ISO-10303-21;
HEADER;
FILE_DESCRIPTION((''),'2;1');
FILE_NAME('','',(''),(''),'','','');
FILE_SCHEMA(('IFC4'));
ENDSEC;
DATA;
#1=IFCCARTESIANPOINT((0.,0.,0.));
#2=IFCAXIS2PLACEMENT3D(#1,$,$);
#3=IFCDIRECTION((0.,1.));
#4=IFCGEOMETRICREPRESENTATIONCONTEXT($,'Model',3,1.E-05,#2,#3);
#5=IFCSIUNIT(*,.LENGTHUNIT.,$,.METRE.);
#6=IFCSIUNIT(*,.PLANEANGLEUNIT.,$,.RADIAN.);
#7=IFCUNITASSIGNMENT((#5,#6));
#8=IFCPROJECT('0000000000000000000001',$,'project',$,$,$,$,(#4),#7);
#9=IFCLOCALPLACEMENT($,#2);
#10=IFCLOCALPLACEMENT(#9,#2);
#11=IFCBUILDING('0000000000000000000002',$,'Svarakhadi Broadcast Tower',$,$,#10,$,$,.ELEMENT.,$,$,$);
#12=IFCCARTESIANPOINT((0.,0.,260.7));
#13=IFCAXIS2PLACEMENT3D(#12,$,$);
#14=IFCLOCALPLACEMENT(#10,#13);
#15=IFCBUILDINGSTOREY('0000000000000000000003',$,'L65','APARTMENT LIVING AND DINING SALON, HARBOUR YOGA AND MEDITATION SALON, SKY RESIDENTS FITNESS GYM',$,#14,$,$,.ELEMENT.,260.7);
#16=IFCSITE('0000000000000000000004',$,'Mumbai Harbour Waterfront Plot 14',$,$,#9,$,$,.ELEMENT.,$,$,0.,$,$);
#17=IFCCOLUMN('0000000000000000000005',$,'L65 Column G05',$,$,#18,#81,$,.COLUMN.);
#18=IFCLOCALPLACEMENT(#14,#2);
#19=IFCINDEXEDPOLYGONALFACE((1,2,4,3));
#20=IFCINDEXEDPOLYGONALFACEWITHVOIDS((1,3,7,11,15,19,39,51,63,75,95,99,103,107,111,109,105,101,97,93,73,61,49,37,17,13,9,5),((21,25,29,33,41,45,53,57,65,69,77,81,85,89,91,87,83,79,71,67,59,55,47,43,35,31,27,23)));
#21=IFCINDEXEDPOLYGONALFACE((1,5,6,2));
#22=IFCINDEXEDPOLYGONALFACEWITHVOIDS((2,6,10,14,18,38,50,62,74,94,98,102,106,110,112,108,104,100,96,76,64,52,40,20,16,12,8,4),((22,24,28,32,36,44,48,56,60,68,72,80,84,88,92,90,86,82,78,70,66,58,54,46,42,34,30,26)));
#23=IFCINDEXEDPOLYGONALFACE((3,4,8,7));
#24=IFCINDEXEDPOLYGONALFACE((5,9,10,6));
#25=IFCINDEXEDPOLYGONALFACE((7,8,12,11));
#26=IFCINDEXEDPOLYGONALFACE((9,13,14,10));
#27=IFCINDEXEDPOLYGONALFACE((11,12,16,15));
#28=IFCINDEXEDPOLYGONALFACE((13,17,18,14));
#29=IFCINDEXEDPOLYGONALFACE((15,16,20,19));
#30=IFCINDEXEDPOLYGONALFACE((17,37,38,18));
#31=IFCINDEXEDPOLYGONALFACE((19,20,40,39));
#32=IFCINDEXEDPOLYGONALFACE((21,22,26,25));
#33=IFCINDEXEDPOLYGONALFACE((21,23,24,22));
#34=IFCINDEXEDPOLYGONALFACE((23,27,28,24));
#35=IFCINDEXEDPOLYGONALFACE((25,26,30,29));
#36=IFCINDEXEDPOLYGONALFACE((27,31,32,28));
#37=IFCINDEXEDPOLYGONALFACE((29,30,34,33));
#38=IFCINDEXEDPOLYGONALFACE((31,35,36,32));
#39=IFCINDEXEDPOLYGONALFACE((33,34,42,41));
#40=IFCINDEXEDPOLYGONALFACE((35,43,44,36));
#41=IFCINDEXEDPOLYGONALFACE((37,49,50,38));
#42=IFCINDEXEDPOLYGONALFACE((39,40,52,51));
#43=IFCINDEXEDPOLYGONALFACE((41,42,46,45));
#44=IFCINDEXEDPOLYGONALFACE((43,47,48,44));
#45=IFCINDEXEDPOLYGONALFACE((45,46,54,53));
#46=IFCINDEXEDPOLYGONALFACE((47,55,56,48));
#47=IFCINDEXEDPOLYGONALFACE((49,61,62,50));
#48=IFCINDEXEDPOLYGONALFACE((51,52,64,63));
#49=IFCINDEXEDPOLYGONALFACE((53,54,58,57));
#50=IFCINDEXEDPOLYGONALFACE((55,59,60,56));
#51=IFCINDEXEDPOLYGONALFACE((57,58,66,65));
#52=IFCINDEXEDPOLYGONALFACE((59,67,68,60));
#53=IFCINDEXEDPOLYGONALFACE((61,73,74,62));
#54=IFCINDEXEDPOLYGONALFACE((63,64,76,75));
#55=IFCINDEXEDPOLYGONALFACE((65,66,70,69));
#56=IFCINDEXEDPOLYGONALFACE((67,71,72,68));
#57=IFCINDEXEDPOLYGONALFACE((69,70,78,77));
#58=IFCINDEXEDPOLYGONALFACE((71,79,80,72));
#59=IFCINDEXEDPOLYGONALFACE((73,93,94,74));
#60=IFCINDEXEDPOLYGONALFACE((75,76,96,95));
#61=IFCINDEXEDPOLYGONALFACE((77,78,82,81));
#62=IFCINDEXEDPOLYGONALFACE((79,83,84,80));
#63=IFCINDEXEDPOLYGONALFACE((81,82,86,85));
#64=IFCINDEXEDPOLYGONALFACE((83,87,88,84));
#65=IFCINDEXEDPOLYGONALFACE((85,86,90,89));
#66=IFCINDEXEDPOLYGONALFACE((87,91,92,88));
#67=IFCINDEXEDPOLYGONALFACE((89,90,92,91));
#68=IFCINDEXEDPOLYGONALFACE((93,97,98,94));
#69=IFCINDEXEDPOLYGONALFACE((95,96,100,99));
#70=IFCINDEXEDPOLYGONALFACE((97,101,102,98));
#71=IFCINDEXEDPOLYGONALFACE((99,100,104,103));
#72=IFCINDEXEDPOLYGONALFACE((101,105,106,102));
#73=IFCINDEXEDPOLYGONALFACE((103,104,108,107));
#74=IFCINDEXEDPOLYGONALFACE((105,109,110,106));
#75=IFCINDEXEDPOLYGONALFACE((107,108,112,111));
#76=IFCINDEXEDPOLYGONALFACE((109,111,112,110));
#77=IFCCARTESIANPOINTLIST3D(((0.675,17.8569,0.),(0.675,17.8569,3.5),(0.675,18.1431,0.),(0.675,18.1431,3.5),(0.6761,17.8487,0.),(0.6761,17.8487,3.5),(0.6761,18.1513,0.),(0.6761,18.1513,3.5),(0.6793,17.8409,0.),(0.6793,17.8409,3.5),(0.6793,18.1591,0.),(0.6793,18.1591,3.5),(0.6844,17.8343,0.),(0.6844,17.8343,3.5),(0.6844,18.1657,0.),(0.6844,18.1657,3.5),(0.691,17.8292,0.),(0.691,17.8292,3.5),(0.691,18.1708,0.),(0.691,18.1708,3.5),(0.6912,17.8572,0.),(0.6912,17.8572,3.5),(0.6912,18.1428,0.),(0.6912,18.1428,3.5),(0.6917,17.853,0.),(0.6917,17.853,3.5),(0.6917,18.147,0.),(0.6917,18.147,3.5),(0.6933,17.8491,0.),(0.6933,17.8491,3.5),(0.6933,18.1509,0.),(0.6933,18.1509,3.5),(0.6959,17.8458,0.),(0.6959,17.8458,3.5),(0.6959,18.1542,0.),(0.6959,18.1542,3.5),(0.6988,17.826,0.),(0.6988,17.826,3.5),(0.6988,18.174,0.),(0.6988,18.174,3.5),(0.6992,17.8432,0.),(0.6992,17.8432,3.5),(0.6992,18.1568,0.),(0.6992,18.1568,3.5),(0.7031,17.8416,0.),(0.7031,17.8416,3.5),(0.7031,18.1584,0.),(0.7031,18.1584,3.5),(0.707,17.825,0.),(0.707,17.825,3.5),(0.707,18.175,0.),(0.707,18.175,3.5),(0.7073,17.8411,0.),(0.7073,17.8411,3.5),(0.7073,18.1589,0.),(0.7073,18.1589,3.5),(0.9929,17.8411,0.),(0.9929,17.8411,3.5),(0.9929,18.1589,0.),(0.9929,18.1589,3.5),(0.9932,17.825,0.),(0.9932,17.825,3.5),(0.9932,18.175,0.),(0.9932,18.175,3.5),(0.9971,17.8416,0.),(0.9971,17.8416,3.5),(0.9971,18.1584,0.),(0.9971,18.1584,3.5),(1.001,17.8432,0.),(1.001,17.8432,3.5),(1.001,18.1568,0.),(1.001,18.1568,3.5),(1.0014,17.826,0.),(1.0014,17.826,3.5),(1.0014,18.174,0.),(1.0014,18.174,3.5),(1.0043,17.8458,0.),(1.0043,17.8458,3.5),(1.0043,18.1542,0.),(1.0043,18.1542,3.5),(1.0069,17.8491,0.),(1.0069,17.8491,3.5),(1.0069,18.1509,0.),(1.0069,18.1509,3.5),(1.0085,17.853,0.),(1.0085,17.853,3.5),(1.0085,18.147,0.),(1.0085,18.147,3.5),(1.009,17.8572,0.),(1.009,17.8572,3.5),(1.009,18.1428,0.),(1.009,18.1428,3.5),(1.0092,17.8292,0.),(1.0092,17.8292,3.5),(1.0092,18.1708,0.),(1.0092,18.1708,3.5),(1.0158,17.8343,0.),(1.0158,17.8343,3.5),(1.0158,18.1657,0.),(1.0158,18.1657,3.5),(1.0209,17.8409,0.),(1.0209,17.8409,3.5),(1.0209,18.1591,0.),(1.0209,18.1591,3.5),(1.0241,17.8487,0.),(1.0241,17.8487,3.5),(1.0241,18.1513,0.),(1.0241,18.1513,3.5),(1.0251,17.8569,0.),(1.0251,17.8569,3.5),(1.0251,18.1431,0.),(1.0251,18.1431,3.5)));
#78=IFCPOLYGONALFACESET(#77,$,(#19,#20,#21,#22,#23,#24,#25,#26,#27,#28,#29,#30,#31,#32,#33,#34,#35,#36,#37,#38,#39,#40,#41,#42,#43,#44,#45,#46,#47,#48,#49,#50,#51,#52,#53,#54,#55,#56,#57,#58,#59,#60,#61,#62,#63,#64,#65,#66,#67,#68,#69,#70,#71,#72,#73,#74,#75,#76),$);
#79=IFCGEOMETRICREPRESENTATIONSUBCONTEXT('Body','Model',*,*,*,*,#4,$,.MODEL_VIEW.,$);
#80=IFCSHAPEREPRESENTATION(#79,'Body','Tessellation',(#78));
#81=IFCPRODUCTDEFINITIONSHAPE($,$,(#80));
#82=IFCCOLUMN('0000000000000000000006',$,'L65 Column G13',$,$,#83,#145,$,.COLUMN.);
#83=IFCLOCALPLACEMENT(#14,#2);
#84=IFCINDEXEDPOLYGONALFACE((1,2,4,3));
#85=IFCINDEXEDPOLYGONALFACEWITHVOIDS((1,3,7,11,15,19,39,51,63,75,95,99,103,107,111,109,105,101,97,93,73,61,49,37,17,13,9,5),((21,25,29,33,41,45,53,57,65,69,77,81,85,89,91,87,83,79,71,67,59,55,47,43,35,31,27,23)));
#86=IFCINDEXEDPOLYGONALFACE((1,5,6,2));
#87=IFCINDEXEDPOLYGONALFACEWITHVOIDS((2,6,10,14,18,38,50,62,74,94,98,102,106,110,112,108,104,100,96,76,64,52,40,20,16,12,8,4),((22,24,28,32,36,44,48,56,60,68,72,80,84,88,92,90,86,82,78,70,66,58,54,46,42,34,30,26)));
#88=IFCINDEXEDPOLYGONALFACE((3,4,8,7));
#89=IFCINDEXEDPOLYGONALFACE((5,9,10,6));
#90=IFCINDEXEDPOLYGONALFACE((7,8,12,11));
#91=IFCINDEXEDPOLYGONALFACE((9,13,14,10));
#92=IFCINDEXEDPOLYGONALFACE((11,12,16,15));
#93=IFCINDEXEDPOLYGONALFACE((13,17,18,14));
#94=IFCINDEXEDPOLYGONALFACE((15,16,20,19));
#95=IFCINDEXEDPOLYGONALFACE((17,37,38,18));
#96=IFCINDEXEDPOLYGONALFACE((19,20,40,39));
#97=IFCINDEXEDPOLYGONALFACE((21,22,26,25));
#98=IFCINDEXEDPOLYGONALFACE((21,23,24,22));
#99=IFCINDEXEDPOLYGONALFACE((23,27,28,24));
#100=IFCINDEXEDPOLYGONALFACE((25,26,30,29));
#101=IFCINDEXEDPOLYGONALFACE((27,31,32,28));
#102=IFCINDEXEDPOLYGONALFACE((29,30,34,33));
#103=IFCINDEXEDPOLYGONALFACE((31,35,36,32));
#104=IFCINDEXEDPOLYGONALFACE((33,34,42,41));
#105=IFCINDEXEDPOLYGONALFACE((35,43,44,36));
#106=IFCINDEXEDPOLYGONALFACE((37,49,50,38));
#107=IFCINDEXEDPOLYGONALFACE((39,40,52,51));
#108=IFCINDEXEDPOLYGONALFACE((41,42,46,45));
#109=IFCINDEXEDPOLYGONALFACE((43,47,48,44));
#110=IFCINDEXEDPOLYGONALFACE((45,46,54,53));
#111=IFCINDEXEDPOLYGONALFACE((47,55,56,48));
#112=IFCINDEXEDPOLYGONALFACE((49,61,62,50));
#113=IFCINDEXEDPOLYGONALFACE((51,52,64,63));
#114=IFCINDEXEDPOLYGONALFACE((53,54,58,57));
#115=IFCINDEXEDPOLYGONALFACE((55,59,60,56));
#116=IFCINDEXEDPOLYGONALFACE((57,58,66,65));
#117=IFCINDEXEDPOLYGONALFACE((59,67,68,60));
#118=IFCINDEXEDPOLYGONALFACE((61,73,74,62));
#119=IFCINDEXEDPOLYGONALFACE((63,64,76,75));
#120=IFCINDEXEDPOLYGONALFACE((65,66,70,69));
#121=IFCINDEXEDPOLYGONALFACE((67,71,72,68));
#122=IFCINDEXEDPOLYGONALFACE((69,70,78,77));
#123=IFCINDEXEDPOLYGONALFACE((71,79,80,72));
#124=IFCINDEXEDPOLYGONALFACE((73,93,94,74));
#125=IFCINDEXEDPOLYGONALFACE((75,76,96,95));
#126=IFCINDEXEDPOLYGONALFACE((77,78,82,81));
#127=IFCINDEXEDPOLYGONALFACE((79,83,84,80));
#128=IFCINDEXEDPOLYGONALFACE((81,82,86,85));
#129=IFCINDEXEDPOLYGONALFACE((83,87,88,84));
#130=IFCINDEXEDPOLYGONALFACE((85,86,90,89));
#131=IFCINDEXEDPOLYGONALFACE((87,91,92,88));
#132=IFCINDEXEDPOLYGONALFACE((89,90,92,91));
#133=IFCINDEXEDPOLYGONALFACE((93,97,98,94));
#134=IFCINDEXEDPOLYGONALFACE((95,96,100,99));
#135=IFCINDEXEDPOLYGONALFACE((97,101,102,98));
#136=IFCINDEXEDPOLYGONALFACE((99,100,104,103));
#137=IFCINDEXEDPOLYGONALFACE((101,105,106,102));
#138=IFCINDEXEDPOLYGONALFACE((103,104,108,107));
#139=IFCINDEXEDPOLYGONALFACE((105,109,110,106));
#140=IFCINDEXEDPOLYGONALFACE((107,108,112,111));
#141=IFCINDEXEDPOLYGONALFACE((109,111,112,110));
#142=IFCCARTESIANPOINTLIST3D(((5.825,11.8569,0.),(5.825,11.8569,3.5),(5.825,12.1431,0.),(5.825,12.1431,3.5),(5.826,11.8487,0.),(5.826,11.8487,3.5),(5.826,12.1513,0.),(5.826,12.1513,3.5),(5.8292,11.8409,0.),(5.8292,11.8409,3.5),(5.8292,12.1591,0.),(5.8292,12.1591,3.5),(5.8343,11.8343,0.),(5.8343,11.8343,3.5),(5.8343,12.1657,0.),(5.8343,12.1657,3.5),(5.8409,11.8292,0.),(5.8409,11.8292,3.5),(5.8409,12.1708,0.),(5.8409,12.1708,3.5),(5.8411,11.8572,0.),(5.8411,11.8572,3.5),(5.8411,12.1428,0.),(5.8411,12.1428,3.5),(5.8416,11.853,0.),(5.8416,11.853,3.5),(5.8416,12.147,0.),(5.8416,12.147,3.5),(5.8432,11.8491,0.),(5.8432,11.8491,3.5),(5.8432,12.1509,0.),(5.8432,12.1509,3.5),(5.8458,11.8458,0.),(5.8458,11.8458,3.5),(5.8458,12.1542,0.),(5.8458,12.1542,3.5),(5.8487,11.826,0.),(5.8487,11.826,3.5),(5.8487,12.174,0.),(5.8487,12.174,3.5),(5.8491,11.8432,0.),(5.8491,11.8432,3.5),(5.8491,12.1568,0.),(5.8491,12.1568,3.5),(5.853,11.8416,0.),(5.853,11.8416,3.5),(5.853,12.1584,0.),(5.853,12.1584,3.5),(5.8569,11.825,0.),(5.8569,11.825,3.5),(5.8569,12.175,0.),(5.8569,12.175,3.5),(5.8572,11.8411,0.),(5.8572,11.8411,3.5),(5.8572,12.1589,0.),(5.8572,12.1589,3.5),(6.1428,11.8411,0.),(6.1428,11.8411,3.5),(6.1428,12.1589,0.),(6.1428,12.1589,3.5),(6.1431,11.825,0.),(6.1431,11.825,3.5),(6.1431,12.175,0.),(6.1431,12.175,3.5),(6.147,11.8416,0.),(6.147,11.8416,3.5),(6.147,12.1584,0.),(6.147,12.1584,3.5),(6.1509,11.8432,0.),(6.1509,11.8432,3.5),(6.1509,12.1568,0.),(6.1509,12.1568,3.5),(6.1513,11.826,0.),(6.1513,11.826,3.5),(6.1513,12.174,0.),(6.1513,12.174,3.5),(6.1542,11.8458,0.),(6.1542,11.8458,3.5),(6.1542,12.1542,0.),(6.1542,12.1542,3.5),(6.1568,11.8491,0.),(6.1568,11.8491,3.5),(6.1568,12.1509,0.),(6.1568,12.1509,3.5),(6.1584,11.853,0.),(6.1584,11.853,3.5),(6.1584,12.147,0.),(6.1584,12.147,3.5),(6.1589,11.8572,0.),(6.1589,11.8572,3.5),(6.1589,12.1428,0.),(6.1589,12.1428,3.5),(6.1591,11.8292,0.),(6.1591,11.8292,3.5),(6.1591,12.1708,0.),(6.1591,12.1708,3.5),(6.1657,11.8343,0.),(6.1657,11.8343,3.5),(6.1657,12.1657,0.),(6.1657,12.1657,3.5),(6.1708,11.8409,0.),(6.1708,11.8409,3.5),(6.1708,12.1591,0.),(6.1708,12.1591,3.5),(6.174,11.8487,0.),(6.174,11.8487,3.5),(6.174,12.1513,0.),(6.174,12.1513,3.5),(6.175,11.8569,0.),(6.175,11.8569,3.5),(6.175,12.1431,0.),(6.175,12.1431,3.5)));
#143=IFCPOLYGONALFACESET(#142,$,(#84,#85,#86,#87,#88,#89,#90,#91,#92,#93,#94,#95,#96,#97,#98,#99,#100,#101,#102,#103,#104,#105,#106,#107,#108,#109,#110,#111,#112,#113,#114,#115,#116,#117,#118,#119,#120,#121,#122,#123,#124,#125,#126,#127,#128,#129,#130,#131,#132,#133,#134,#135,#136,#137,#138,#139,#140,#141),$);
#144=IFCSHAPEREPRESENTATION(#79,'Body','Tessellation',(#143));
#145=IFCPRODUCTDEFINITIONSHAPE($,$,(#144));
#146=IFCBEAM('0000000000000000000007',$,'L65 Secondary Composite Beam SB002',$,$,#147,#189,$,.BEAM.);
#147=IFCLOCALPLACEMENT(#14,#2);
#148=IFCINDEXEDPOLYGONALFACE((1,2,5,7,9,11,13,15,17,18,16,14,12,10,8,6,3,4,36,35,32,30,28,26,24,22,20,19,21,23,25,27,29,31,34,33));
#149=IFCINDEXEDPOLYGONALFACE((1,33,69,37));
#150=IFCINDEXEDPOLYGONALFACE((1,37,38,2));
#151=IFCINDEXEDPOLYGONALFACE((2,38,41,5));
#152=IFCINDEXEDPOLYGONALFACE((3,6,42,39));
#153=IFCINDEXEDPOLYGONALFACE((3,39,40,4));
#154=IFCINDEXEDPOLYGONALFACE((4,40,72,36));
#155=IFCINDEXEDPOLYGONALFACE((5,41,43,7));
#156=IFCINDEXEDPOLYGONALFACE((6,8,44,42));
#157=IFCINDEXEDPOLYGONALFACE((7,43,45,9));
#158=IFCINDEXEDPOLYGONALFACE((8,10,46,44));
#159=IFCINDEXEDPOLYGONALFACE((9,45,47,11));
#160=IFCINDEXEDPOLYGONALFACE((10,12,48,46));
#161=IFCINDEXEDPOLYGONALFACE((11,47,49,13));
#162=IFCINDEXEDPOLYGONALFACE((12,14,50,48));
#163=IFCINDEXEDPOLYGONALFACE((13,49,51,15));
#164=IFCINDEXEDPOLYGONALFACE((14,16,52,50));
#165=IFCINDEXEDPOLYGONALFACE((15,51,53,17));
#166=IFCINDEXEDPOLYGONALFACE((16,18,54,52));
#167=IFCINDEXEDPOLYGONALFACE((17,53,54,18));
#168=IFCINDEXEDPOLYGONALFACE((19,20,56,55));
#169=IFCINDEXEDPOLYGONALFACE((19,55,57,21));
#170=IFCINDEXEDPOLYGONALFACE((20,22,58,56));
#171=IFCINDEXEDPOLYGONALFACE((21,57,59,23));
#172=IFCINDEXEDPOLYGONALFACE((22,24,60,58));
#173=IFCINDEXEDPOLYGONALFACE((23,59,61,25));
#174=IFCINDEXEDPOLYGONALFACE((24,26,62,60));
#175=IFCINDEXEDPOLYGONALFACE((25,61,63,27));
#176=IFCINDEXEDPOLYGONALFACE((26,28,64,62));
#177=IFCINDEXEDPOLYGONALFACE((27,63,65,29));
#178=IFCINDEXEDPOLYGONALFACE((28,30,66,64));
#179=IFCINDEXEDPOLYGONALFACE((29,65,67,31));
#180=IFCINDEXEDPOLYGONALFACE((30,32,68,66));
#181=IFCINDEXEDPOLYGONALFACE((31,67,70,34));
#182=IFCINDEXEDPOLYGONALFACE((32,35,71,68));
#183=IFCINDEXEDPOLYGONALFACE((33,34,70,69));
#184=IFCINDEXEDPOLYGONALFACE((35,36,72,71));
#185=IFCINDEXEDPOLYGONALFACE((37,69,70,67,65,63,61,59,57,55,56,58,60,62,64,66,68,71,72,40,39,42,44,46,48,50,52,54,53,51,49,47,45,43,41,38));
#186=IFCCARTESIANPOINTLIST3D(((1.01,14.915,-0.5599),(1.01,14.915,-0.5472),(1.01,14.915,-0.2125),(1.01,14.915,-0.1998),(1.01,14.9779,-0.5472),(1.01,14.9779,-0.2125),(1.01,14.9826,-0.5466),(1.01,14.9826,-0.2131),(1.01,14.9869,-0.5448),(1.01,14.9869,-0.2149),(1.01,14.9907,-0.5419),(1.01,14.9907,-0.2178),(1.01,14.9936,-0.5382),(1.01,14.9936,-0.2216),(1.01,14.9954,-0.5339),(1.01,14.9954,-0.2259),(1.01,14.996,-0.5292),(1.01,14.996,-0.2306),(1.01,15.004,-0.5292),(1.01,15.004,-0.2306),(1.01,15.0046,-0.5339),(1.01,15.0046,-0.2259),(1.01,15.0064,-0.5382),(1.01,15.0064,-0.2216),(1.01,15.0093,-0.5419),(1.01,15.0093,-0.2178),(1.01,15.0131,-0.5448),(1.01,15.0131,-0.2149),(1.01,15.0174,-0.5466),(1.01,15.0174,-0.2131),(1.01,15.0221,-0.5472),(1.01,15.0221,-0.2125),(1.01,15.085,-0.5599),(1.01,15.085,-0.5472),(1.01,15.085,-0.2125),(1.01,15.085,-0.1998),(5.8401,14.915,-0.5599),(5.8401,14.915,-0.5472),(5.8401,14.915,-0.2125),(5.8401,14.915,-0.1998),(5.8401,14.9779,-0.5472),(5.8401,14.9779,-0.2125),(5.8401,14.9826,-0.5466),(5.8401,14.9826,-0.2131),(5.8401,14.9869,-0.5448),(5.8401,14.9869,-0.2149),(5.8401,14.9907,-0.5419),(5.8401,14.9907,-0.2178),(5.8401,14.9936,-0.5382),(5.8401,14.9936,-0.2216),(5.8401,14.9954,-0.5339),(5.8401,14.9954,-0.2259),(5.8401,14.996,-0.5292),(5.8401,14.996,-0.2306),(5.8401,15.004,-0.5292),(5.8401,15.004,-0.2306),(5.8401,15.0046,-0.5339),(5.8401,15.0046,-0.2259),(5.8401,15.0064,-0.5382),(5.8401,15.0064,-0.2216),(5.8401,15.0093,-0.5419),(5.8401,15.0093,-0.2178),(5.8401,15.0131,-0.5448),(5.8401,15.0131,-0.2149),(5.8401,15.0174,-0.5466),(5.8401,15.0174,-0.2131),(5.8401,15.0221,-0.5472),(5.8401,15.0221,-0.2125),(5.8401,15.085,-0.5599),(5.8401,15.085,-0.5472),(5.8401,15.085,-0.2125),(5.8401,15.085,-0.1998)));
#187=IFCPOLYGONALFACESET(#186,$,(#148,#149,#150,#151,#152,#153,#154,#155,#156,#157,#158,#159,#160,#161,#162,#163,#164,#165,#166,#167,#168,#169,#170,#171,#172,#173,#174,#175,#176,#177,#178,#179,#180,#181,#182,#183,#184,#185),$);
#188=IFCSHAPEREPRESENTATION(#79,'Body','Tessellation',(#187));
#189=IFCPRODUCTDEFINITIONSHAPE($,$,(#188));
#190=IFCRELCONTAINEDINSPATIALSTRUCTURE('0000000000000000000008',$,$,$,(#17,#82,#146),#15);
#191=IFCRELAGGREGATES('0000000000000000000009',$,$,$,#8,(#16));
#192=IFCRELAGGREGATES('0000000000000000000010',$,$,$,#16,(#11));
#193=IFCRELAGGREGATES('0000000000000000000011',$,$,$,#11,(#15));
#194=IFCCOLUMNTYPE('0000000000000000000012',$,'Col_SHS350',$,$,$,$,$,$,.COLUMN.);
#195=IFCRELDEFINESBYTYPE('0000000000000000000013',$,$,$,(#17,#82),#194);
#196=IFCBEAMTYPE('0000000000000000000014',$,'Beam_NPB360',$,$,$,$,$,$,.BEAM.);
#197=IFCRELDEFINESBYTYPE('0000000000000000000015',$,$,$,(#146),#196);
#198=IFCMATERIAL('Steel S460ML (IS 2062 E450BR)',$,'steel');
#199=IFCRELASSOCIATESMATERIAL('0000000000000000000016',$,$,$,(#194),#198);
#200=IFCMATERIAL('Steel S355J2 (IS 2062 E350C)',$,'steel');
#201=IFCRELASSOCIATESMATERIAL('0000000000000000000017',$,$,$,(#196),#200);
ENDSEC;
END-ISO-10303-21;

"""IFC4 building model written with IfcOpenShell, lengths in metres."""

from ifc_helpers import new_model, si_unit, direction, frame, origin, origin_2d, place, context, subcontext, project, spatial, hollow_rectangle, i_section, extrude, material, material_profile, profile_set, type_object, element, save


model = new_model("IFC4")

# Units and contexts
model_context = context("Model", 3, precision=1e-05, world=origin(), true_north=direction((0.0, 1.0)))
body_context = subcontext(model_context, "Body", "Model", "MODEL_VIEW")
ifc_project = project(units=[si_unit("LENGTHUNIT", "METRE"), si_unit("PLANEANGLEUNIT", "RADIAN")], contexts=[model_context])

# Site, building, storey
site_placement = place(None, origin())
site = spatial("IfcSite", under=ifc_project, at=site_placement, Name="Mumbai Harbour Waterfront Plot 14", CompositionType="ELEMENT", RefElevation=0.0)
building_placement = place(site_placement, origin())
building = spatial("IfcBuilding", under=site, at=building_placement, Name="Svarakhadi Broadcast Tower", CompositionType="ELEMENT")
storey_placement = place(building_placement, frame((0.0, 0.0, 260.7)))
storey = spatial("IfcBuildingStorey", under=building, at=storey_placement, Name="L65", Description="APARTMENT LIVING AND DINING SALON, HARBOUR YOGA AND MEDITATION SALON, SKY RESIDENTS FITNESS GYM", CompositionType="ELEMENT", Elevation=260.7)

# Columns
ifc_material_1 = material(Name="Steel S460ML (IS 2062 E450BR)", Category="steel")
ifc_material_profile_1 = material_profile(ifc_material_1, hollow_rectangle(XDim=0.3501, YDim=0.3501, WallThickness=0.0161, InnerFilletRadius=0.0161, OuterFilletRadius=0.032, at=origin_2d()), Name="SHS 350x350x16")
ifc_profile_set_1 = profile_set([ifc_material_profile_1], Name="Steel S460ML (IS 2062 E450BR)")
column_type = type_object("IfcColumnType", Name="Col_SHS350", PredefinedType="COLUMN", material=ifc_profile_set_1)
for number, where, z_axis, x_axis, name in (
    (1, (0.8501, 18.0, 0.0), (0.0, 0.0, 1.0), (1.0, 0.0, 0.0), "L65 Column G05"),
    (2, (6.0, 12.0, 0.0), (0.0, 0.0, 1.0), (1.0, 0.0, 0.0), "L65 Column G13"),
):
    element("IfcColumn", number, at=place(storey_placement, frame(where, z_axis=z_axis, x_axis=x_axis)), inside=storey, type_object=column_type, Name=name, PredefinedType="COLUMN", context=body_context, shape_type="SweptSolid", body=[
        extrude(hollow_rectangle(XDim=0.3501, YDim=0.3501, WallThickness=0.0161, InnerFilletRadius=0.0161, OuterFilletRadius=0.032, at=origin_2d()), origin(), (0.0, 0.0, 1.0), 3.5),
    ])

# Beam
ifc_material_2 = material(Name="Steel S355J2 (IS 2062 E350C)", Category="steel")
ifc_material_profile_2 = material_profile(ifc_material_2, i_section(OverallWidth=0.1699, OverallDepth=0.3601, WebThickness=0.0081, FlangeThickness=0.0127, FilletRadius=0.0181, at=origin_2d()), Name="NPB 360x170x57")
ifc_profile_set_2 = profile_set([ifc_material_profile_2], Name="Steel S355J2 (IS 2062 E350C)")
beam_type_1 = type_object("IfcBeamType", Name="Beam_NPB360", PredefinedType="BEAM", material=ifc_profile_set_2)
for number, where, z_axis, x_axis, name in (
    (3, (1.01, 15.0, -0.3799), (1.0, 0.0, 0.0), (0.0, 1.0, 0.0), "L65 Secondary Composite Beam SB002"),
):
    element("IfcBeam", number, at=place(storey_placement, frame(where, z_axis=z_axis, x_axis=x_axis)), inside=storey, type_object=beam_type_1, Name=name, PredefinedType="BEAM", context=body_context, shape_type="SweptSolid", body=[
        extrude(i_section(OverallWidth=0.1699, OverallDepth=0.3601, WebThickness=0.0081, FlangeThickness=0.0127, FilletRadius=0.0181, at=origin_2d()), origin(), (0.0, 0.0, 1.0), 4.8301),
    ])

save(model, "model.ifc")
